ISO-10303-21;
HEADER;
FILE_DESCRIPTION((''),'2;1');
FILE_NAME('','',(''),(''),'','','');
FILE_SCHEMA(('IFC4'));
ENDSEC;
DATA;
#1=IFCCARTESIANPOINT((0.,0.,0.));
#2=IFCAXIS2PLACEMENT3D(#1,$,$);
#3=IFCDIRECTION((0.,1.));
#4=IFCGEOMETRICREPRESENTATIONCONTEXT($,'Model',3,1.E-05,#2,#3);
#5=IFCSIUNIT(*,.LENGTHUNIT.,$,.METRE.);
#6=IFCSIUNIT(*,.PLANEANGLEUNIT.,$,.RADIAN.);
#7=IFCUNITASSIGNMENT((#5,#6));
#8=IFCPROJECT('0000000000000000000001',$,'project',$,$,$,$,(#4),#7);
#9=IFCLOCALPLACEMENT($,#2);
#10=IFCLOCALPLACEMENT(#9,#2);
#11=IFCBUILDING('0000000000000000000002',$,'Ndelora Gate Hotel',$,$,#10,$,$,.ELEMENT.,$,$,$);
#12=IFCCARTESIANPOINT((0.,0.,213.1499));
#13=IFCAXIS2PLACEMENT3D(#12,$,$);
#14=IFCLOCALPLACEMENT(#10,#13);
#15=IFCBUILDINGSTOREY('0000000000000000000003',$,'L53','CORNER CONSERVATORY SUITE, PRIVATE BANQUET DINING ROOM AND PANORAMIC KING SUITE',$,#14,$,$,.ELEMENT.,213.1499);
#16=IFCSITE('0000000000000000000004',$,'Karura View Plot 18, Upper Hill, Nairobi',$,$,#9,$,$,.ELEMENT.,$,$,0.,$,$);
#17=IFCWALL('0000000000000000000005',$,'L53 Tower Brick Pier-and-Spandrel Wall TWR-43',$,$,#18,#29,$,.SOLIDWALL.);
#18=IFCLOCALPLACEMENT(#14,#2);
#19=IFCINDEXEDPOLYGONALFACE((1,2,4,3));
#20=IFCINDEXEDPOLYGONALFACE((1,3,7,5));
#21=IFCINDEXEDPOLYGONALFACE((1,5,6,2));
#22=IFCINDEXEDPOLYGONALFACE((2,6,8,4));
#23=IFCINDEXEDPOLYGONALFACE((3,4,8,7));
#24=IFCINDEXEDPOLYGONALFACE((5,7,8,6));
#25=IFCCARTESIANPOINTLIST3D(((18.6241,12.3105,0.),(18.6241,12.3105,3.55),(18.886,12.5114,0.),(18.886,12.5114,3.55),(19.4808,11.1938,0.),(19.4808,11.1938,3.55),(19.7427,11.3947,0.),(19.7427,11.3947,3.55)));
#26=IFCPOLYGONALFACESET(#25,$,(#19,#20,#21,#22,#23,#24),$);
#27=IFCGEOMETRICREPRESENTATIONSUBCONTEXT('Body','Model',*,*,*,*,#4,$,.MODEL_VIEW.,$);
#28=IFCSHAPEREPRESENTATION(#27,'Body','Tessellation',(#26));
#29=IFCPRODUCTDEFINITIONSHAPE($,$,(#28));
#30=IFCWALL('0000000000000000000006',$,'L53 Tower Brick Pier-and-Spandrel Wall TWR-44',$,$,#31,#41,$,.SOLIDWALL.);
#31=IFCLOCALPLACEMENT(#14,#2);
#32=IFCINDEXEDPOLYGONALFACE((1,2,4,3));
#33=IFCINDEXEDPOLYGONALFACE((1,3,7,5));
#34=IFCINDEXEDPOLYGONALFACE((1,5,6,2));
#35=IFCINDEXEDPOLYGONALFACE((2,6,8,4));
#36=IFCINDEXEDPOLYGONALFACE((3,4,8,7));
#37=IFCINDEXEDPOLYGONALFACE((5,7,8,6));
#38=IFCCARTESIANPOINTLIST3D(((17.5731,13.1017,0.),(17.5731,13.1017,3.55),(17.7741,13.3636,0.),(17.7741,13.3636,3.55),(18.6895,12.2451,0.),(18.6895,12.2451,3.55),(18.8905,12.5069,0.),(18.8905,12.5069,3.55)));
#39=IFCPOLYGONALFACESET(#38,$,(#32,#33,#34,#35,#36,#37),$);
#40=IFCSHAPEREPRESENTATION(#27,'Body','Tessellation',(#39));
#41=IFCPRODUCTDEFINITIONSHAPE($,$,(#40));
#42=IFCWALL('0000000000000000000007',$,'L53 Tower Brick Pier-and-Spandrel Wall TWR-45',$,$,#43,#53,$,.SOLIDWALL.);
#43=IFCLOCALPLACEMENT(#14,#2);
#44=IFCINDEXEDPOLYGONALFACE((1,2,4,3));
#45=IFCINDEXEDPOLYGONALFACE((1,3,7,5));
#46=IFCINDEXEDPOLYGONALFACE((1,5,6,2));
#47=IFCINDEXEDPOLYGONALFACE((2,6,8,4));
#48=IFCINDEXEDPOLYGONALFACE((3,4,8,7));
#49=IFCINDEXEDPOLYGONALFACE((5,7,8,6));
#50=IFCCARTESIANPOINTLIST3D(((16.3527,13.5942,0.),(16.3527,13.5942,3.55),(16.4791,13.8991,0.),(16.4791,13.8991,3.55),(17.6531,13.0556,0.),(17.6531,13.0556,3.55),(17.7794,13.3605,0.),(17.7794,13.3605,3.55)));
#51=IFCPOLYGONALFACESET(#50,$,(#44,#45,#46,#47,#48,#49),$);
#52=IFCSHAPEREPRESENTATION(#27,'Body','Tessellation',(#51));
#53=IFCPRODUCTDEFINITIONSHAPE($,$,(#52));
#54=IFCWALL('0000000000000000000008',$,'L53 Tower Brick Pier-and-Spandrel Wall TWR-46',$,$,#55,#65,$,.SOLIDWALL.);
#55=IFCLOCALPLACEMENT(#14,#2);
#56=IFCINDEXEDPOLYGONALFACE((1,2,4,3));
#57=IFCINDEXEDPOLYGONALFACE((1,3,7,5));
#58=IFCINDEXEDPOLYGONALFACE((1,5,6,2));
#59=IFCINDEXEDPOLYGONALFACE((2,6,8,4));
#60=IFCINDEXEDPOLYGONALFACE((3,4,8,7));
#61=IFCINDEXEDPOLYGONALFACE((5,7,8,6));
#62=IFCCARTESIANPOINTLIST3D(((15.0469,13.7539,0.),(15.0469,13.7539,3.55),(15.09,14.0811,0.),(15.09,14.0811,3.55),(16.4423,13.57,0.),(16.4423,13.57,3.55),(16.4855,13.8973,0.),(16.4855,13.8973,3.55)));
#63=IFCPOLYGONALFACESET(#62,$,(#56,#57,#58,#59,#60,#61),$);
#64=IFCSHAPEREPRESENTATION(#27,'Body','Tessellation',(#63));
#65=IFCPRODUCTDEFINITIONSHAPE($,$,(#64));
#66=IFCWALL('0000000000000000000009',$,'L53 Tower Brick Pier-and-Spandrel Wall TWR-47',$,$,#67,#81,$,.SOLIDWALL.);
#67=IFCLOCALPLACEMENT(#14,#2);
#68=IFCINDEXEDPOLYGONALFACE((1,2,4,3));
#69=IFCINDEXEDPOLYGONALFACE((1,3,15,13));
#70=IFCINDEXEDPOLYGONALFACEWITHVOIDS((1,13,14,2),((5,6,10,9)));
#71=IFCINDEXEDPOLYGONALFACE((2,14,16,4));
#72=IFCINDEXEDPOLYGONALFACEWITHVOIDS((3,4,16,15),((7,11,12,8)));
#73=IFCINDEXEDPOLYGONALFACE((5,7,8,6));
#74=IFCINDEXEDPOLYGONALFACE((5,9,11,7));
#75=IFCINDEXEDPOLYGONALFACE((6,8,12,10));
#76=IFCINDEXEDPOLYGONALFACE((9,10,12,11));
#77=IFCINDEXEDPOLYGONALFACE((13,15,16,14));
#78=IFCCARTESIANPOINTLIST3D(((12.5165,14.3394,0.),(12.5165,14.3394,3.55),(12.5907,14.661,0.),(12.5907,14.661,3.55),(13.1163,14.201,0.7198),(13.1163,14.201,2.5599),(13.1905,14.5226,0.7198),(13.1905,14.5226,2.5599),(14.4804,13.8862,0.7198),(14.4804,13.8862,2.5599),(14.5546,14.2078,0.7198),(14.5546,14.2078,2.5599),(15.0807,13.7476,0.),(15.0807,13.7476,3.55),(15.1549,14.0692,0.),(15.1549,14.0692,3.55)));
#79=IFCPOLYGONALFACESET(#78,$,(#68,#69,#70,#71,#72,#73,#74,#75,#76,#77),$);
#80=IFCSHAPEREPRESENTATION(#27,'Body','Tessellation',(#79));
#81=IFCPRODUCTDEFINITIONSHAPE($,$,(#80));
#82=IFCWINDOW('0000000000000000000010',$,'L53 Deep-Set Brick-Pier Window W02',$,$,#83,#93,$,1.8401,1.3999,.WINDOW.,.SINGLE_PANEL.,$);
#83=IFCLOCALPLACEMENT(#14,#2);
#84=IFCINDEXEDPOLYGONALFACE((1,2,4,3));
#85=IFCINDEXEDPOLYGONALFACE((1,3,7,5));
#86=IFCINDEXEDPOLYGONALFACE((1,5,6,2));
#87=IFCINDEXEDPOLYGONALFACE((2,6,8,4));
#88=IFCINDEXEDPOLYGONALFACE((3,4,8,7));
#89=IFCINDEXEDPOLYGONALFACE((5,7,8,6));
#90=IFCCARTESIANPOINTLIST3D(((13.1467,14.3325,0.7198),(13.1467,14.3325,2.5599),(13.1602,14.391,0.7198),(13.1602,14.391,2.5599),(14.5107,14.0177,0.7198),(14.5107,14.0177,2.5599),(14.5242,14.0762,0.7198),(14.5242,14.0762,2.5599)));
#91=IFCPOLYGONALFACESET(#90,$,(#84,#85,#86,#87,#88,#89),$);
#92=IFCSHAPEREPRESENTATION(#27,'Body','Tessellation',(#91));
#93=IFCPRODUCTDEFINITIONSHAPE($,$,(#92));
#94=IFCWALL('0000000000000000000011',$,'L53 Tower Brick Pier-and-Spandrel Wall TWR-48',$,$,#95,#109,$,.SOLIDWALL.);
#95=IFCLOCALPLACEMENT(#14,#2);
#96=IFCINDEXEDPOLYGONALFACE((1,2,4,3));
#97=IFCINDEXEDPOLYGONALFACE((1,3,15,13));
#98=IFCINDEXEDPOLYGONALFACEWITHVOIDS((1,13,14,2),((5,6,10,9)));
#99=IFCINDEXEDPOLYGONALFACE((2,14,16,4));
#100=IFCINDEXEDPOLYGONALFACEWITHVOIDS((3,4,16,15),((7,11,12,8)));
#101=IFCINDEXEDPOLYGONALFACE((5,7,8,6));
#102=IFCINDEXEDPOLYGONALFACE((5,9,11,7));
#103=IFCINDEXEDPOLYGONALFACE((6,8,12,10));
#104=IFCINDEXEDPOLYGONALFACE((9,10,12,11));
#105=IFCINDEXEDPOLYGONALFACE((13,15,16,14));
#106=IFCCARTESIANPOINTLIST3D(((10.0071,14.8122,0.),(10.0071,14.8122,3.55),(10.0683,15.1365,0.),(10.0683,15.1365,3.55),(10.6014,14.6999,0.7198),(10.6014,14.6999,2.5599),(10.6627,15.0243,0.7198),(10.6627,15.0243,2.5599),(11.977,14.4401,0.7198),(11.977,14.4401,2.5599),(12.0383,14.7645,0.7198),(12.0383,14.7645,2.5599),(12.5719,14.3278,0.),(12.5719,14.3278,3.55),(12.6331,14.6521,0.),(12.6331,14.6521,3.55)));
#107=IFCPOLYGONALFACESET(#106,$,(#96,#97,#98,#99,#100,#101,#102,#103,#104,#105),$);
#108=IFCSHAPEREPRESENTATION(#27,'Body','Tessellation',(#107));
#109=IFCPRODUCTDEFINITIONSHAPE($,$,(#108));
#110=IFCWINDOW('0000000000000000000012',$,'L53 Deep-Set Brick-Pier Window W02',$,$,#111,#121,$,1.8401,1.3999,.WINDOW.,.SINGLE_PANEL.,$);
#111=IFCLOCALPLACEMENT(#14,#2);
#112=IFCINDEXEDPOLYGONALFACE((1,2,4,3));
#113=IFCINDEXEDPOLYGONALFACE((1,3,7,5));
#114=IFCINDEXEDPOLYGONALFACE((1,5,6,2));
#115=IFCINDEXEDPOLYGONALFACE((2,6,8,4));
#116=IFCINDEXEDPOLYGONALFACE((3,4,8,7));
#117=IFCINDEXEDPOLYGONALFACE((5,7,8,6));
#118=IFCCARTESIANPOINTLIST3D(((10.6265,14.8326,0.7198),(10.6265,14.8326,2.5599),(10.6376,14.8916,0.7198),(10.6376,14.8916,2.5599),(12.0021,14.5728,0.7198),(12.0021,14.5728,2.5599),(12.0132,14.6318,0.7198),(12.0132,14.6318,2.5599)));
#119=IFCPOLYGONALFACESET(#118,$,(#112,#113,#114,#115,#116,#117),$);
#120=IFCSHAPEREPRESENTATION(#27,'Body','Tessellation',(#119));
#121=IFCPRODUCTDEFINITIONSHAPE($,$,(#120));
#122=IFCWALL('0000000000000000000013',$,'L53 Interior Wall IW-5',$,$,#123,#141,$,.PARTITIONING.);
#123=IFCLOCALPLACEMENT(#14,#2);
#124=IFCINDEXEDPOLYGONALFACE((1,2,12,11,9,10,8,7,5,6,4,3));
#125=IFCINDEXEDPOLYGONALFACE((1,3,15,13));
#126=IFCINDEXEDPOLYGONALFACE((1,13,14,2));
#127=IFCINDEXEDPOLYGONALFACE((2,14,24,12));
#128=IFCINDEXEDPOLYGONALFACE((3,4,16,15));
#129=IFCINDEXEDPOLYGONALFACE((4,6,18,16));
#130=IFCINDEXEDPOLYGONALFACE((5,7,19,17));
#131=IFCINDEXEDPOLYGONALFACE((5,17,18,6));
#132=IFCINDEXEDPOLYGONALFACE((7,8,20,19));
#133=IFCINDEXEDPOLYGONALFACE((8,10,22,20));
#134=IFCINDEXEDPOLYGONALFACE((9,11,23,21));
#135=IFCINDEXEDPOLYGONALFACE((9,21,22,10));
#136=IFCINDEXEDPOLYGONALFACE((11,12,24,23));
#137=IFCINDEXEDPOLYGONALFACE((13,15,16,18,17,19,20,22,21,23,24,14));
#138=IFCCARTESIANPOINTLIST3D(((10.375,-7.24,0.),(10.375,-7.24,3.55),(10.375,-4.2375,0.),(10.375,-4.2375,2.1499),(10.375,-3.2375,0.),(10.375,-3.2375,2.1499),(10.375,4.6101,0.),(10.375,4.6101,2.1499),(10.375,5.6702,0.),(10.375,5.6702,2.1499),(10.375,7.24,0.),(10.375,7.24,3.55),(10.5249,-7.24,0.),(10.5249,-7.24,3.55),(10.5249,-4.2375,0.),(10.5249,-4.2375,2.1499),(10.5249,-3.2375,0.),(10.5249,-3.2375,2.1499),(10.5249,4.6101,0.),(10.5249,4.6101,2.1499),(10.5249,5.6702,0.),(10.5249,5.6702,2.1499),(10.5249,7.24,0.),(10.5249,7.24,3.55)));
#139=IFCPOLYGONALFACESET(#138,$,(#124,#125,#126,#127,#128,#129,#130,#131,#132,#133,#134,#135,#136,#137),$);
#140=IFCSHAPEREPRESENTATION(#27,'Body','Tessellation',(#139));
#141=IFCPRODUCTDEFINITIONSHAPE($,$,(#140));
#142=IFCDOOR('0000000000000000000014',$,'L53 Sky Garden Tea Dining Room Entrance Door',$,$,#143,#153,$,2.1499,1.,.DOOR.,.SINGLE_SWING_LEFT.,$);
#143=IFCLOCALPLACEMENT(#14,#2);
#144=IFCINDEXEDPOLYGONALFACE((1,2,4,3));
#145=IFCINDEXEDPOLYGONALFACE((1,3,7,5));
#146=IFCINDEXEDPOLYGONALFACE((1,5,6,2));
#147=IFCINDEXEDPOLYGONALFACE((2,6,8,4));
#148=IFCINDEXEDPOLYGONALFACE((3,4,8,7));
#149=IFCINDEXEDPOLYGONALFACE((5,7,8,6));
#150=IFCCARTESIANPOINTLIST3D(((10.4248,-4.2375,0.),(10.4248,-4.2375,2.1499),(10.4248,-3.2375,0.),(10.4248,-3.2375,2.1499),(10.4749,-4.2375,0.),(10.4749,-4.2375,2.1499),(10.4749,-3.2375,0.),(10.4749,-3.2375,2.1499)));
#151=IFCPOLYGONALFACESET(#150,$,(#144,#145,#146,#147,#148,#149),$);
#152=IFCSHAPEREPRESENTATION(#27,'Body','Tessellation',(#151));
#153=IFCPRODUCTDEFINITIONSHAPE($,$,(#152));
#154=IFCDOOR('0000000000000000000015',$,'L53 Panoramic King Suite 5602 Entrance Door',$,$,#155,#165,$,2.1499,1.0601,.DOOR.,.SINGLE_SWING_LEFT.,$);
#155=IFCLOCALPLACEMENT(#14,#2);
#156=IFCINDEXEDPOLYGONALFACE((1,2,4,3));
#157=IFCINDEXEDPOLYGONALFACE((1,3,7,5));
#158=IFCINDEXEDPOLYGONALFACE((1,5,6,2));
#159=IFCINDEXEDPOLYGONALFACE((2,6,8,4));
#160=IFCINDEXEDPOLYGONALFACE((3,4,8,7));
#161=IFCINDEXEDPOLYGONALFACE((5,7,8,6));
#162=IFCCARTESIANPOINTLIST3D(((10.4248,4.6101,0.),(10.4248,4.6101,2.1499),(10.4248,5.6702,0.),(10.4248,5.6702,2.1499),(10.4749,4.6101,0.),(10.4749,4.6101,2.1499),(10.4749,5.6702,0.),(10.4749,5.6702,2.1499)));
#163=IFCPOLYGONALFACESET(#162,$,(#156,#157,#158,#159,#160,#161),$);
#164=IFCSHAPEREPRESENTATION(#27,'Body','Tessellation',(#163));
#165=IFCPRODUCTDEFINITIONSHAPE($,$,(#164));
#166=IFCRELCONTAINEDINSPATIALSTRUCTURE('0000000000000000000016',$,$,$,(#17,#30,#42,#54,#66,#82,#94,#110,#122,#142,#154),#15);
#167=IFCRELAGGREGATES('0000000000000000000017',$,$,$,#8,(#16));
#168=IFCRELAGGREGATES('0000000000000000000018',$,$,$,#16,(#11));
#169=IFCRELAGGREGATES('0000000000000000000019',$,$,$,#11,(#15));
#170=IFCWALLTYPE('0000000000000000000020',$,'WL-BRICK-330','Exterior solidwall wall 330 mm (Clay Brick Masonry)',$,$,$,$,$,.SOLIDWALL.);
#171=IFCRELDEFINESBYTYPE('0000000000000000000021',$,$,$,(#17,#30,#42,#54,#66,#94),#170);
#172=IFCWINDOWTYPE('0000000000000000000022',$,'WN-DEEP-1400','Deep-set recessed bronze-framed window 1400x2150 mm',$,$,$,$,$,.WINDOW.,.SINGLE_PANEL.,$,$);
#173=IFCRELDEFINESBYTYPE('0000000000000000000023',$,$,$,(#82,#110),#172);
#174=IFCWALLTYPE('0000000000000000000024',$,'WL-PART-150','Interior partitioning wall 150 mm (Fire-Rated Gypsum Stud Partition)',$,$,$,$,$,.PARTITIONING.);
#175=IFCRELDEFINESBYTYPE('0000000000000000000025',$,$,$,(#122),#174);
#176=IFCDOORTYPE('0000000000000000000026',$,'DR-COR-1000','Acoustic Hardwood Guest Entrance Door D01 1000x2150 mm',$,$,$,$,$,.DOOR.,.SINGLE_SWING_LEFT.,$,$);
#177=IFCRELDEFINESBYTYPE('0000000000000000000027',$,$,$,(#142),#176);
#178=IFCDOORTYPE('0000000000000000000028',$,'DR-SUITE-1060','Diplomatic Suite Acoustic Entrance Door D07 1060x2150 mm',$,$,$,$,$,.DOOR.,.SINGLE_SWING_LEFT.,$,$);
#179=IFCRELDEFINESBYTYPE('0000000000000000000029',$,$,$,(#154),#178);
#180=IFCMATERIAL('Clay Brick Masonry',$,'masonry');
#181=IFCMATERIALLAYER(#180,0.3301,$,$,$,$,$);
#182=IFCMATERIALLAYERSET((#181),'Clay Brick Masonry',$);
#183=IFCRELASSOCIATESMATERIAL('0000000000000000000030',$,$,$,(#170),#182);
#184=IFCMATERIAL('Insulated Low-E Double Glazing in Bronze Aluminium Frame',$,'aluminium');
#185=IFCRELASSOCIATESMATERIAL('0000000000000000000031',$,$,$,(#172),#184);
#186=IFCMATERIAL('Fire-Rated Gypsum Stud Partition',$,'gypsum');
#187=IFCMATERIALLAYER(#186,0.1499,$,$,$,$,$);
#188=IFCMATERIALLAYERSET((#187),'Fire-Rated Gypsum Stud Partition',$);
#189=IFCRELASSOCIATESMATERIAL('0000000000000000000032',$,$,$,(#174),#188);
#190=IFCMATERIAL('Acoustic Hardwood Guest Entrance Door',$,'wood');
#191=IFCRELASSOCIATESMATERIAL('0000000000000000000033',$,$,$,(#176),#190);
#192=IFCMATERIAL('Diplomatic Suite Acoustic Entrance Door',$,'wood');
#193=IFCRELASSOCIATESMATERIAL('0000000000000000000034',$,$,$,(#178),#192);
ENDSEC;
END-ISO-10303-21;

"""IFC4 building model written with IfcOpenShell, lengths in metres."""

from ifc_helpers import new_model, si_unit, direction, frame, frame_2d, origin, place, context, subcontext, project, spatial, rectangle, extrude, material, layer, layer_set, type_object, element, fill, save


model = new_model("IFC4")

# Units and contexts
model_context = context("Model", 3, precision=1e-05, world=origin(), true_north=direction((0.0, 1.0)))
body_context = subcontext(model_context, "Body", "Model", "MODEL_VIEW")
ifc_project = project(units=[si_unit("LENGTHUNIT", "METRE"), si_unit("PLANEANGLEUNIT", "RADIAN")], contexts=[model_context])

# Site, building, storey
site_placement = place(None, origin())
site = spatial("IfcSite", under=ifc_project, at=site_placement, Name="Karura View Plot 18, Upper Hill, Nairobi", CompositionType="ELEMENT", RefElevation=0.0)
building_placement = place(site_placement, origin())
building = spatial("IfcBuilding", under=site, at=building_placement, Name="Ndelora Gate Hotel", CompositionType="ELEMENT")
storey_placement = place(building_placement, frame((0.0, 0.0, 213.1499)))
storey = spatial("IfcBuildingStorey", under=building, at=storey_placement, Name="L53", Description="CORNER CONSERVATORY SUITE, PRIVATE BANQUET DINING ROOM AND PANORAMIC KING SUITE", CompositionType="ELEMENT", Elevation=213.1499)

# Walls
ifc_material_1 = material(Name="Clay Brick Masonry", Category="masonry")
ifc_layer_1 = layer(ifc_material_1, 0.3301)
ifc_layer_set_1 = layer_set([ifc_layer_1], Name="Clay Brick Masonry")
wall_type_1 = type_object("IfcWallType", Name="WL-BRICK-330", Description="Exterior solidwall wall 330 mm (Clay Brick Masonry)", PredefinedType="SOLIDWALL", material=ifc_layer_set_1)
for number, where, z_axis, x_axis, name in (
    (1, (18.7551, 12.4109, 0.0), (0.0, 0.0, 1.0), (0.608679, -0.793416, 0.0), "L53 Tower Brick Pier-and-Spandrel Wall TWR-43"),
):
    element("IfcWall", number, at=place(storey_placement, frame(where, z_axis=z_axis, x_axis=x_axis)), inside=storey, type_object=wall_type_1, Name=name, PredefinedType="SOLIDWALL", context=body_context, shape_type="SweptSolid", body=[
        extrude(rectangle(XDim=1.4075, YDim=0.3301, at=frame_2d((0.7036, 0.0))), origin(), (0.0, 0.0, 1.0), 3.55),
    ])
wall_1_placement = place(storey_placement, frame((17.6736, 13.2327, 0.0), z_axis=(0.0, 0.0, 1.0), x_axis=(0.793352, -0.608763, 0.0)))
element("IfcWall", 2, at=wall_1_placement, inside=storey, type_object=wall_type_1, Name="L53 Tower Brick Pier-and-Spandrel Wall TWR-44", PredefinedType="SOLIDWALL", context=body_context, shape_type="SweptSolid", body=[
    extrude(rectangle(XDim=1.4072, YDim=0.3301, at=frame_2d((0.7036, 0.0))), origin(), (0.0, 0.0, 1.0), 3.55),
])
for number, where, z_axis, x_axis, name in (
    (3, (16.416, 13.7466, 0.0), (0.0, 0.0, 1.0), (0.923886, -0.382668, 0.0), "L53 Tower Brick Pier-and-Spandrel Wall TWR-45"),
    (4, (15.0686, 13.9175, 0.0), (0.0, 0.0, 1.0), (0.991434, -0.130607, 0.0), "L53 Tower Brick Pier-and-Spandrel Wall TWR-46"),
):
    element("IfcWall", number, at=place(storey_placement, frame(where, z_axis=z_axis, x_axis=x_axis)), inside=storey, type_object=wall_type_1, Name=name, PredefinedType="SOLIDWALL", context=body_context, shape_type="SweptSolid", body=[
        extrude(rectangle(XDim=1.4075, YDim=0.3301, at=frame_2d((0.7036, 0.0))), origin(), (0.0, 0.0, 1.0), 3.55),
    ])

# Walls, openings, windows
wall_2_placement = place(storey_placement, frame((12.5535, 14.5002, 0.0), z_axis=(0.0, 0.0, 1.0), x_axis=(0.974387, -0.22488, 0.0)))
wall_2 = element("IfcWall", 5, at=wall_2_placement, inside=storey, type_object=wall_type_1, Name="L53 Tower Brick Pier-and-Spandrel Wall TWR-47", PredefinedType="SOLIDWALL", context=body_context, shape_type="SweptSolid", body=[
    extrude(rectangle(XDim=2.6316, YDim=0.3301, at=frame_2d((1.3159, 0.0))), origin(), (0.0, 0.0, 1.0), 3.55),
])
opening_1_placement = place(wall_2_placement, frame((0.6157, 0.0, 0.72)))
opening_1 = element("IfcOpeningElement", 6, at=opening_1_placement, cuts=wall_2, PredefinedType="OPENING", context=body_context, shape_type="SweptSolid", body=[
    extrude(rectangle(XDim=1.3999, YDim=1.8401, at=frame_2d((0.7, 0.9199))), frame((0.0, 0.175, 0.0), z_axis=(0.0, -1.0, 0.0), x_axis=(1.0, 0.0, 0.0)), (0.0, 0.0, 1.0), 0.3501),
])
ifc_material_2 = material(Name="Insulated Low-E Double Glazing in Bronze Aluminium Frame", Category="aluminium")
window_type = type_object("IfcWindowType", Name="WN-DEEP-1400", Description="Deep-set recessed bronze-framed window 1400x2150 mm", PartitioningType="SINGLE_PANEL", PredefinedType="WINDOW", material=ifc_material_2)
window_1_placement = place(opening_1_placement, origin())
window_1 = element("IfcWindow", 7, at=window_1_placement, inside=storey, type_object=window_type, Name="L53 Deep-Set Brick-Pier Window W02", OverallHeight=1.8401, OverallWidth=1.3999, PartitioningType="SINGLE_PANEL", PredefinedType="WINDOW", context=body_context, shape_type="SweptSolid", body=[
    extrude(rectangle(XDim=1.3999, YDim=1.8401, at=frame_2d((0.7, 0.9199))), frame((0.0, 0.03, 0.0), z_axis=(0.0, -1.0, 0.0), x_axis=(1.0, 0.0, 0.0)), (0.0, 0.0, 1.0), 0.0601),
])
fill(opening_1, window_1)
wall_3_placement = place(storey_placement, frame((10.0376, 14.9744, 0.0), z_axis=(0.0, 0.0, 1.0), x_axis=(0.982629, -0.185582, 0.0)))
wall_3 = element("IfcWall", 8, at=wall_3_placement, inside=storey, type_object=wall_type_1, Name="L53 Tower Brick Pier-and-Spandrel Wall TWR-48", PredefinedType="SOLIDWALL", context=body_context, shape_type="SweptSolid", body=[
    extrude(rectangle(XDim=2.6101, YDim=0.3301, at=frame_2d((1.3052, 0.0))), origin(), (0.0, 0.0, 1.0), 3.55),
])
opening_2_placement = place(wall_3_placement, frame((0.605, 0.0, 0.72)))
opening_2 = element("IfcOpeningElement", 9, at=opening_2_placement, cuts=wall_3, PredefinedType="OPENING", context=body_context, shape_type="SweptSolid", body=[
    extrude(rectangle(XDim=1.3999, YDim=1.8401, at=frame_2d((0.7, 0.9199))), frame((0.0, 0.175, 0.0), z_axis=(0.0, -1.0, 0.0), x_axis=(1.0, 0.0, 0.0)), (0.0, 0.0, 1.0), 0.3501),
])
window_2_placement = place(opening_2_placement, origin())
window_2 = element("IfcWindow", 10, at=window_2_placement, inside=storey, type_object=window_type, Name="L53 Deep-Set Brick-Pier Window W02", OverallHeight=1.8401, OverallWidth=1.3999, PartitioningType="SINGLE_PANEL", PredefinedType="WINDOW", context=body_context, shape_type="SweptSolid", body=[
    extrude(rectangle(XDim=1.3999, YDim=1.8401, at=frame_2d((0.7, 0.9199))), frame((0.0, 0.03, 0.0), z_axis=(0.0, -1.0, 0.0), x_axis=(1.0, 0.0, 0.0)), (0.0, 0.0, 1.0), 0.0601),
])
fill(opening_2, window_2)

# Wall, openings, doors
ifc_material_3 = material(Name="Fire-Rated Gypsum Stud Partition", Category="gypsum")
ifc_layer_2 = layer(ifc_material_3, 0.1499)
ifc_layer_set_2 = layer_set([ifc_layer_2], Name="Fire-Rated Gypsum Stud Partition")
wall_type_2 = type_object("IfcWallType", Name="WL-PART-150", Description="Interior partitioning wall 150 mm (Fire-Rated Gypsum Stud Partition)", PredefinedType="PARTITIONING", material=ifc_layer_set_2)
wall_4_placement = place(storey_placement, frame((10.45, 7.24, 0.0), z_axis=(0.0, 0.0, 1.0), x_axis=(0.0, -1.0, 0.0)))
wall_4 = element("IfcWall", 11, at=wall_4_placement, inside=storey, type_object=wall_type_2, Name="L53 Interior Wall IW-5", PredefinedType="PARTITIONING", context=body_context, shape_type="SweptSolid", body=[
    extrude(rectangle(XDim=14.48, YDim=0.1499, at=frame_2d((7.24, 0.0))), origin(), (0.0, 0.0, 1.0), 3.55),
])
opening_3_placement = place(wall_4_placement, frame((10.4775, 0.0, 0.0)))
opening_3 = element("IfcOpeningElement", 12, at=opening_3_placement, cuts=wall_4, PredefinedType="OPENING", context=body_context, shape_type="SweptSolid", body=[
    extrude(rectangle(XDim=1.0, YDim=2.1499, at=frame_2d((0.5, 1.075))), frame((0.0, 0.085, 0.0), z_axis=(0.0, -1.0, 0.0), x_axis=(1.0, 0.0, 0.0)), (0.0, 0.0, 1.0), 0.1699),
])
opening_4_placement = place(wall_4_placement, frame((1.5698, 0.0, 0.0)))
opening_4 = element("IfcOpeningElement", 13, at=opening_4_placement, cuts=wall_4, PredefinedType="OPENING", context=body_context, shape_type="SweptSolid", body=[
    extrude(rectangle(XDim=1.0601, YDim=2.1499, at=frame_2d((0.53, 1.075))), frame((0.0, 0.085, 0.0), z_axis=(0.0, -1.0, 0.0), x_axis=(1.0, 0.0, 0.0)), (0.0, 0.0, 1.0), 0.1699),
])
ifc_material_4 = material(Name="Acoustic Hardwood Guest Entrance Door", Category="wood")
door_type_1 = type_object("IfcDoorType", Name="DR-COR-1000", Description="Acoustic Hardwood Guest Entrance Door D01 1000x2150 mm", OperationType="SINGLE_SWING_LEFT", PredefinedType="DOOR", material=ifc_material_4)
door_1_placement = place(opening_3_placement, origin())
door_1 = element("IfcDoor", 14, at=door_1_placement, inside=storey, type_object=door_type_1, Name="L53 Sky Garden Tea Dining Room Entrance Door", OperationType="SINGLE_SWING_LEFT", OverallHeight=2.1499, OverallWidth=1.0, PredefinedType="DOOR", context=body_context, shape_type="SweptSolid", body=[
    extrude(rectangle(XDim=1.0, YDim=2.1499, at=frame_2d((0.5, 1.075))), frame((0.0, 0.0249, 0.0), z_axis=(0.0, -1.0, 0.0), x_axis=(1.0, 0.0, 0.0)), (0.0, 0.0, 1.0), 0.05),
])
fill(opening_3, door_1)
ifc_material_5 = material(Name="Diplomatic Suite Acoustic Entrance Door", Category="wood")
door_type_2 = type_object("IfcDoorType", Name="DR-SUITE-1060", Description="Diplomatic Suite Acoustic Entrance Door D07 1060x2150 mm", OperationType="SINGLE_SWING_LEFT", PredefinedType="DOOR", material=ifc_material_5)
door_2_placement = place(opening_4_placement, origin())
door_2 = element("IfcDoor", 15, at=door_2_placement, inside=storey, type_object=door_type_2, Name="L53 Panoramic King Suite 5602 Entrance Door", OperationType="SINGLE_SWING_LEFT", OverallHeight=2.1499, OverallWidth=1.0601, PredefinedType="DOOR", context=body_context, shape_type="SweptSolid", body=[
    extrude(rectangle(XDim=1.0601, YDim=2.1499, at=frame_2d((0.53, 1.075))), frame((0.0, 0.0249, 0.0), z_axis=(0.0, -1.0, 0.0), x_axis=(1.0, 0.0, 0.0)), (0.0, 0.0, 1.0), 0.05),
])
fill(opening_4, door_2)

save(model, "model.ifc")
